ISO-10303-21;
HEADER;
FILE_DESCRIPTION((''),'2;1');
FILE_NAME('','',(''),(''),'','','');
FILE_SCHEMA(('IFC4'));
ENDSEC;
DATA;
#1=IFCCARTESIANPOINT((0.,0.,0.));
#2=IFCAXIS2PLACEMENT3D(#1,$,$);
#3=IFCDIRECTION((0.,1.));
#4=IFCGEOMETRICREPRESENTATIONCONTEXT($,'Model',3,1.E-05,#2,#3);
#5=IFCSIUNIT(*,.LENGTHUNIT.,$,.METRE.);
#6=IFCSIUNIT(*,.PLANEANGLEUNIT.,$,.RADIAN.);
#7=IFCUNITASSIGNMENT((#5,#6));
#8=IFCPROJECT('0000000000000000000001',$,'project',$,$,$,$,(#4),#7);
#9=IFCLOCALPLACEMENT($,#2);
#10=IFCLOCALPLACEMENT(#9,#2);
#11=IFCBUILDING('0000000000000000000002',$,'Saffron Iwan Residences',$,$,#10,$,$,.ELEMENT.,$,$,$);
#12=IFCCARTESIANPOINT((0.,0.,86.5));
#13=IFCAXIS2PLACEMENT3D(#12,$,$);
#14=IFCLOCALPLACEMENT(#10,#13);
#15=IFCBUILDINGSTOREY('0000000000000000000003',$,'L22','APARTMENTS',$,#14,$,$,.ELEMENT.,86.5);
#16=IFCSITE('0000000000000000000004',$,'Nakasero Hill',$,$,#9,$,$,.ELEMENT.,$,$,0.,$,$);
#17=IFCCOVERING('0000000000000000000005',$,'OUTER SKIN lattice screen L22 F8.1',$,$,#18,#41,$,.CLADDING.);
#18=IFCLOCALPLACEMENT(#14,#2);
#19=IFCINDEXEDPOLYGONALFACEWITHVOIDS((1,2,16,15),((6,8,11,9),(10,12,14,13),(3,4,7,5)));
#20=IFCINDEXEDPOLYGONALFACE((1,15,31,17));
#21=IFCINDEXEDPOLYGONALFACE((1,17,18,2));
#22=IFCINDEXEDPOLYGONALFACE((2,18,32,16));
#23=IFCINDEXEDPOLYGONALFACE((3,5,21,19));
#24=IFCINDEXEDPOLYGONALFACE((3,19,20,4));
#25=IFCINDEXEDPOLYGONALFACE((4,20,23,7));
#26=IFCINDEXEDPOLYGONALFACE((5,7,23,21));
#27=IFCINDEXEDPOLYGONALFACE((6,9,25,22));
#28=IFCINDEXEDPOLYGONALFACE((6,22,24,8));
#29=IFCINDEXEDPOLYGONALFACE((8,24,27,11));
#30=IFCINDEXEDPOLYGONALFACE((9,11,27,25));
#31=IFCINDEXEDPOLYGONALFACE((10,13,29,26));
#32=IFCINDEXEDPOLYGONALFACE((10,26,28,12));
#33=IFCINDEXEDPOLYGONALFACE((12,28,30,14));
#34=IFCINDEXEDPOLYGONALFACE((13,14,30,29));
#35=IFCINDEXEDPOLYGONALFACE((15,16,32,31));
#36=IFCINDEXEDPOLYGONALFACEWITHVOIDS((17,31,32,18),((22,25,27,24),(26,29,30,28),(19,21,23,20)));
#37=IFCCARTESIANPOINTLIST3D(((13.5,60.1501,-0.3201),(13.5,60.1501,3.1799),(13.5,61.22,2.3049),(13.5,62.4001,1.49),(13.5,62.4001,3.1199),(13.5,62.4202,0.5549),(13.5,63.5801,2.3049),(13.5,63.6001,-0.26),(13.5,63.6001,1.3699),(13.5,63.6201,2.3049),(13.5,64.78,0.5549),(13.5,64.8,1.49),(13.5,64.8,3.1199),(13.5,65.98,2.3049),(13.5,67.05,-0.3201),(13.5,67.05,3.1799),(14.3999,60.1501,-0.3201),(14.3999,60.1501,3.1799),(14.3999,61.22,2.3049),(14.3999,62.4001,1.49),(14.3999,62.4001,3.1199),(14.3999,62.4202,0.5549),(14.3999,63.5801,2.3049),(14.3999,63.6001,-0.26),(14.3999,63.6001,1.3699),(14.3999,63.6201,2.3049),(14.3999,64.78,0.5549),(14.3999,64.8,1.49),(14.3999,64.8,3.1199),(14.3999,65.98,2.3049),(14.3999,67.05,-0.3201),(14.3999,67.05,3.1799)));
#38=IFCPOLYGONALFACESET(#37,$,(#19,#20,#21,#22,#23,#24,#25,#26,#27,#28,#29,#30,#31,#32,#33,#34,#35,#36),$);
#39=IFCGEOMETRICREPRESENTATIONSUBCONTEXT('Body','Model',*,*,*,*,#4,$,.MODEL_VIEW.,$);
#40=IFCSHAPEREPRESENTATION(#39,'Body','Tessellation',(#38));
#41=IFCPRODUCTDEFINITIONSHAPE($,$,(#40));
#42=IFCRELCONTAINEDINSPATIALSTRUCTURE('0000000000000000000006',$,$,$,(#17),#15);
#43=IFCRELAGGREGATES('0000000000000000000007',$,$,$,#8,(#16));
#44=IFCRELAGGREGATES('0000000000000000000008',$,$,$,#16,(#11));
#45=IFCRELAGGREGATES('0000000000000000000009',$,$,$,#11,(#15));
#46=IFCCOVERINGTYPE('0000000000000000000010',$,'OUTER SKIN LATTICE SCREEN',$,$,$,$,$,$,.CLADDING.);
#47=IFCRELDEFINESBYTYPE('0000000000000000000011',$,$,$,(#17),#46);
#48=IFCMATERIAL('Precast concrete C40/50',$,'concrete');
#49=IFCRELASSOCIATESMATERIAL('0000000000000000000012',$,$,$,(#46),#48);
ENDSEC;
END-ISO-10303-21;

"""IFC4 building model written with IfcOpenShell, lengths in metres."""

from ifc_helpers import new_model, si_unit, direction, frame, origin, place, context, subcontext, project, spatial, polyline, outline, extrude, material, type_object, element, save


model = new_model("IFC4")

# Units and contexts
model_context = context("Model", 3, precision=1e-05, world=origin(), true_north=direction((0.0, 1.0)))
body_context = subcontext(model_context, "Body", "Model", "MODEL_VIEW")
ifc_project = project(units=[si_unit("LENGTHUNIT", "METRE"), si_unit("PLANEANGLEUNIT", "RADIAN")], contexts=[model_context])

# Site, building, storey
site_placement = place(None, origin())
site = spatial("IfcSite", under=ifc_project, at=site_placement, Name="Nakasero Hill", CompositionType="ELEMENT", RefElevation=0.0)
building_placement = place(site_placement, origin())
building = spatial("IfcBuilding", under=site, at=building_placement, Name="Saffron Iwan Residences", CompositionType="ELEMENT")
storey_placement = place(building_placement, frame((0.0, 0.0, 86.5)))
storey = spatial("IfcBuildingStorey", under=building, at=storey_placement, Name="L22", Description="APARTMENTS", CompositionType="ELEMENT", Elevation=86.5)

# Covering
ifc_material_1 = material(Name="Precast concrete C40/50", Category="concrete")
covering_type = type_object("IfcCoveringType", Name="OUTER SKIN LATTICE SCREEN", PredefinedType="CLADDING", material=ifc_material_1)
covering_placement = place(storey_placement, frame((14.3999, 67.05, -0.3201), z_axis=(-1.0, 0.0, 0.0), x_axis=(0.0, -1.0, 0.0)))
element("IfcCovering", 1, at=covering_placement, inside=storey, type_object=covering_type, Name="OUTER SKIN lattice screen L22 F8.1", PredefinedType="CLADDING", context=body_context, shape_type="SweptSolid", body=[
    extrude(outline(polyline([(0.0, 0.0), (6.8999, 0.0), (6.8999, 3.5), (0.0, 3.5), (0.0, 0.0)]), holes=[polyline([(2.27, 0.875), (3.45, 0.0601), (4.6299, 0.875), (3.45, 1.6899), (2.27, 0.875)]), polyline([(1.0701, 2.625), (2.25, 1.8101), (3.4299, 2.625), (2.25, 3.4399), (1.0701, 2.625)]), polyline([(3.47, 2.625), (4.6499, 1.8101), (5.8301, 2.625), (4.6499, 3.4399), (3.47, 2.625)])]), origin(), (0.0, 0.0, 1.0), 0.8999),
])

save(model, "model.ifc")
